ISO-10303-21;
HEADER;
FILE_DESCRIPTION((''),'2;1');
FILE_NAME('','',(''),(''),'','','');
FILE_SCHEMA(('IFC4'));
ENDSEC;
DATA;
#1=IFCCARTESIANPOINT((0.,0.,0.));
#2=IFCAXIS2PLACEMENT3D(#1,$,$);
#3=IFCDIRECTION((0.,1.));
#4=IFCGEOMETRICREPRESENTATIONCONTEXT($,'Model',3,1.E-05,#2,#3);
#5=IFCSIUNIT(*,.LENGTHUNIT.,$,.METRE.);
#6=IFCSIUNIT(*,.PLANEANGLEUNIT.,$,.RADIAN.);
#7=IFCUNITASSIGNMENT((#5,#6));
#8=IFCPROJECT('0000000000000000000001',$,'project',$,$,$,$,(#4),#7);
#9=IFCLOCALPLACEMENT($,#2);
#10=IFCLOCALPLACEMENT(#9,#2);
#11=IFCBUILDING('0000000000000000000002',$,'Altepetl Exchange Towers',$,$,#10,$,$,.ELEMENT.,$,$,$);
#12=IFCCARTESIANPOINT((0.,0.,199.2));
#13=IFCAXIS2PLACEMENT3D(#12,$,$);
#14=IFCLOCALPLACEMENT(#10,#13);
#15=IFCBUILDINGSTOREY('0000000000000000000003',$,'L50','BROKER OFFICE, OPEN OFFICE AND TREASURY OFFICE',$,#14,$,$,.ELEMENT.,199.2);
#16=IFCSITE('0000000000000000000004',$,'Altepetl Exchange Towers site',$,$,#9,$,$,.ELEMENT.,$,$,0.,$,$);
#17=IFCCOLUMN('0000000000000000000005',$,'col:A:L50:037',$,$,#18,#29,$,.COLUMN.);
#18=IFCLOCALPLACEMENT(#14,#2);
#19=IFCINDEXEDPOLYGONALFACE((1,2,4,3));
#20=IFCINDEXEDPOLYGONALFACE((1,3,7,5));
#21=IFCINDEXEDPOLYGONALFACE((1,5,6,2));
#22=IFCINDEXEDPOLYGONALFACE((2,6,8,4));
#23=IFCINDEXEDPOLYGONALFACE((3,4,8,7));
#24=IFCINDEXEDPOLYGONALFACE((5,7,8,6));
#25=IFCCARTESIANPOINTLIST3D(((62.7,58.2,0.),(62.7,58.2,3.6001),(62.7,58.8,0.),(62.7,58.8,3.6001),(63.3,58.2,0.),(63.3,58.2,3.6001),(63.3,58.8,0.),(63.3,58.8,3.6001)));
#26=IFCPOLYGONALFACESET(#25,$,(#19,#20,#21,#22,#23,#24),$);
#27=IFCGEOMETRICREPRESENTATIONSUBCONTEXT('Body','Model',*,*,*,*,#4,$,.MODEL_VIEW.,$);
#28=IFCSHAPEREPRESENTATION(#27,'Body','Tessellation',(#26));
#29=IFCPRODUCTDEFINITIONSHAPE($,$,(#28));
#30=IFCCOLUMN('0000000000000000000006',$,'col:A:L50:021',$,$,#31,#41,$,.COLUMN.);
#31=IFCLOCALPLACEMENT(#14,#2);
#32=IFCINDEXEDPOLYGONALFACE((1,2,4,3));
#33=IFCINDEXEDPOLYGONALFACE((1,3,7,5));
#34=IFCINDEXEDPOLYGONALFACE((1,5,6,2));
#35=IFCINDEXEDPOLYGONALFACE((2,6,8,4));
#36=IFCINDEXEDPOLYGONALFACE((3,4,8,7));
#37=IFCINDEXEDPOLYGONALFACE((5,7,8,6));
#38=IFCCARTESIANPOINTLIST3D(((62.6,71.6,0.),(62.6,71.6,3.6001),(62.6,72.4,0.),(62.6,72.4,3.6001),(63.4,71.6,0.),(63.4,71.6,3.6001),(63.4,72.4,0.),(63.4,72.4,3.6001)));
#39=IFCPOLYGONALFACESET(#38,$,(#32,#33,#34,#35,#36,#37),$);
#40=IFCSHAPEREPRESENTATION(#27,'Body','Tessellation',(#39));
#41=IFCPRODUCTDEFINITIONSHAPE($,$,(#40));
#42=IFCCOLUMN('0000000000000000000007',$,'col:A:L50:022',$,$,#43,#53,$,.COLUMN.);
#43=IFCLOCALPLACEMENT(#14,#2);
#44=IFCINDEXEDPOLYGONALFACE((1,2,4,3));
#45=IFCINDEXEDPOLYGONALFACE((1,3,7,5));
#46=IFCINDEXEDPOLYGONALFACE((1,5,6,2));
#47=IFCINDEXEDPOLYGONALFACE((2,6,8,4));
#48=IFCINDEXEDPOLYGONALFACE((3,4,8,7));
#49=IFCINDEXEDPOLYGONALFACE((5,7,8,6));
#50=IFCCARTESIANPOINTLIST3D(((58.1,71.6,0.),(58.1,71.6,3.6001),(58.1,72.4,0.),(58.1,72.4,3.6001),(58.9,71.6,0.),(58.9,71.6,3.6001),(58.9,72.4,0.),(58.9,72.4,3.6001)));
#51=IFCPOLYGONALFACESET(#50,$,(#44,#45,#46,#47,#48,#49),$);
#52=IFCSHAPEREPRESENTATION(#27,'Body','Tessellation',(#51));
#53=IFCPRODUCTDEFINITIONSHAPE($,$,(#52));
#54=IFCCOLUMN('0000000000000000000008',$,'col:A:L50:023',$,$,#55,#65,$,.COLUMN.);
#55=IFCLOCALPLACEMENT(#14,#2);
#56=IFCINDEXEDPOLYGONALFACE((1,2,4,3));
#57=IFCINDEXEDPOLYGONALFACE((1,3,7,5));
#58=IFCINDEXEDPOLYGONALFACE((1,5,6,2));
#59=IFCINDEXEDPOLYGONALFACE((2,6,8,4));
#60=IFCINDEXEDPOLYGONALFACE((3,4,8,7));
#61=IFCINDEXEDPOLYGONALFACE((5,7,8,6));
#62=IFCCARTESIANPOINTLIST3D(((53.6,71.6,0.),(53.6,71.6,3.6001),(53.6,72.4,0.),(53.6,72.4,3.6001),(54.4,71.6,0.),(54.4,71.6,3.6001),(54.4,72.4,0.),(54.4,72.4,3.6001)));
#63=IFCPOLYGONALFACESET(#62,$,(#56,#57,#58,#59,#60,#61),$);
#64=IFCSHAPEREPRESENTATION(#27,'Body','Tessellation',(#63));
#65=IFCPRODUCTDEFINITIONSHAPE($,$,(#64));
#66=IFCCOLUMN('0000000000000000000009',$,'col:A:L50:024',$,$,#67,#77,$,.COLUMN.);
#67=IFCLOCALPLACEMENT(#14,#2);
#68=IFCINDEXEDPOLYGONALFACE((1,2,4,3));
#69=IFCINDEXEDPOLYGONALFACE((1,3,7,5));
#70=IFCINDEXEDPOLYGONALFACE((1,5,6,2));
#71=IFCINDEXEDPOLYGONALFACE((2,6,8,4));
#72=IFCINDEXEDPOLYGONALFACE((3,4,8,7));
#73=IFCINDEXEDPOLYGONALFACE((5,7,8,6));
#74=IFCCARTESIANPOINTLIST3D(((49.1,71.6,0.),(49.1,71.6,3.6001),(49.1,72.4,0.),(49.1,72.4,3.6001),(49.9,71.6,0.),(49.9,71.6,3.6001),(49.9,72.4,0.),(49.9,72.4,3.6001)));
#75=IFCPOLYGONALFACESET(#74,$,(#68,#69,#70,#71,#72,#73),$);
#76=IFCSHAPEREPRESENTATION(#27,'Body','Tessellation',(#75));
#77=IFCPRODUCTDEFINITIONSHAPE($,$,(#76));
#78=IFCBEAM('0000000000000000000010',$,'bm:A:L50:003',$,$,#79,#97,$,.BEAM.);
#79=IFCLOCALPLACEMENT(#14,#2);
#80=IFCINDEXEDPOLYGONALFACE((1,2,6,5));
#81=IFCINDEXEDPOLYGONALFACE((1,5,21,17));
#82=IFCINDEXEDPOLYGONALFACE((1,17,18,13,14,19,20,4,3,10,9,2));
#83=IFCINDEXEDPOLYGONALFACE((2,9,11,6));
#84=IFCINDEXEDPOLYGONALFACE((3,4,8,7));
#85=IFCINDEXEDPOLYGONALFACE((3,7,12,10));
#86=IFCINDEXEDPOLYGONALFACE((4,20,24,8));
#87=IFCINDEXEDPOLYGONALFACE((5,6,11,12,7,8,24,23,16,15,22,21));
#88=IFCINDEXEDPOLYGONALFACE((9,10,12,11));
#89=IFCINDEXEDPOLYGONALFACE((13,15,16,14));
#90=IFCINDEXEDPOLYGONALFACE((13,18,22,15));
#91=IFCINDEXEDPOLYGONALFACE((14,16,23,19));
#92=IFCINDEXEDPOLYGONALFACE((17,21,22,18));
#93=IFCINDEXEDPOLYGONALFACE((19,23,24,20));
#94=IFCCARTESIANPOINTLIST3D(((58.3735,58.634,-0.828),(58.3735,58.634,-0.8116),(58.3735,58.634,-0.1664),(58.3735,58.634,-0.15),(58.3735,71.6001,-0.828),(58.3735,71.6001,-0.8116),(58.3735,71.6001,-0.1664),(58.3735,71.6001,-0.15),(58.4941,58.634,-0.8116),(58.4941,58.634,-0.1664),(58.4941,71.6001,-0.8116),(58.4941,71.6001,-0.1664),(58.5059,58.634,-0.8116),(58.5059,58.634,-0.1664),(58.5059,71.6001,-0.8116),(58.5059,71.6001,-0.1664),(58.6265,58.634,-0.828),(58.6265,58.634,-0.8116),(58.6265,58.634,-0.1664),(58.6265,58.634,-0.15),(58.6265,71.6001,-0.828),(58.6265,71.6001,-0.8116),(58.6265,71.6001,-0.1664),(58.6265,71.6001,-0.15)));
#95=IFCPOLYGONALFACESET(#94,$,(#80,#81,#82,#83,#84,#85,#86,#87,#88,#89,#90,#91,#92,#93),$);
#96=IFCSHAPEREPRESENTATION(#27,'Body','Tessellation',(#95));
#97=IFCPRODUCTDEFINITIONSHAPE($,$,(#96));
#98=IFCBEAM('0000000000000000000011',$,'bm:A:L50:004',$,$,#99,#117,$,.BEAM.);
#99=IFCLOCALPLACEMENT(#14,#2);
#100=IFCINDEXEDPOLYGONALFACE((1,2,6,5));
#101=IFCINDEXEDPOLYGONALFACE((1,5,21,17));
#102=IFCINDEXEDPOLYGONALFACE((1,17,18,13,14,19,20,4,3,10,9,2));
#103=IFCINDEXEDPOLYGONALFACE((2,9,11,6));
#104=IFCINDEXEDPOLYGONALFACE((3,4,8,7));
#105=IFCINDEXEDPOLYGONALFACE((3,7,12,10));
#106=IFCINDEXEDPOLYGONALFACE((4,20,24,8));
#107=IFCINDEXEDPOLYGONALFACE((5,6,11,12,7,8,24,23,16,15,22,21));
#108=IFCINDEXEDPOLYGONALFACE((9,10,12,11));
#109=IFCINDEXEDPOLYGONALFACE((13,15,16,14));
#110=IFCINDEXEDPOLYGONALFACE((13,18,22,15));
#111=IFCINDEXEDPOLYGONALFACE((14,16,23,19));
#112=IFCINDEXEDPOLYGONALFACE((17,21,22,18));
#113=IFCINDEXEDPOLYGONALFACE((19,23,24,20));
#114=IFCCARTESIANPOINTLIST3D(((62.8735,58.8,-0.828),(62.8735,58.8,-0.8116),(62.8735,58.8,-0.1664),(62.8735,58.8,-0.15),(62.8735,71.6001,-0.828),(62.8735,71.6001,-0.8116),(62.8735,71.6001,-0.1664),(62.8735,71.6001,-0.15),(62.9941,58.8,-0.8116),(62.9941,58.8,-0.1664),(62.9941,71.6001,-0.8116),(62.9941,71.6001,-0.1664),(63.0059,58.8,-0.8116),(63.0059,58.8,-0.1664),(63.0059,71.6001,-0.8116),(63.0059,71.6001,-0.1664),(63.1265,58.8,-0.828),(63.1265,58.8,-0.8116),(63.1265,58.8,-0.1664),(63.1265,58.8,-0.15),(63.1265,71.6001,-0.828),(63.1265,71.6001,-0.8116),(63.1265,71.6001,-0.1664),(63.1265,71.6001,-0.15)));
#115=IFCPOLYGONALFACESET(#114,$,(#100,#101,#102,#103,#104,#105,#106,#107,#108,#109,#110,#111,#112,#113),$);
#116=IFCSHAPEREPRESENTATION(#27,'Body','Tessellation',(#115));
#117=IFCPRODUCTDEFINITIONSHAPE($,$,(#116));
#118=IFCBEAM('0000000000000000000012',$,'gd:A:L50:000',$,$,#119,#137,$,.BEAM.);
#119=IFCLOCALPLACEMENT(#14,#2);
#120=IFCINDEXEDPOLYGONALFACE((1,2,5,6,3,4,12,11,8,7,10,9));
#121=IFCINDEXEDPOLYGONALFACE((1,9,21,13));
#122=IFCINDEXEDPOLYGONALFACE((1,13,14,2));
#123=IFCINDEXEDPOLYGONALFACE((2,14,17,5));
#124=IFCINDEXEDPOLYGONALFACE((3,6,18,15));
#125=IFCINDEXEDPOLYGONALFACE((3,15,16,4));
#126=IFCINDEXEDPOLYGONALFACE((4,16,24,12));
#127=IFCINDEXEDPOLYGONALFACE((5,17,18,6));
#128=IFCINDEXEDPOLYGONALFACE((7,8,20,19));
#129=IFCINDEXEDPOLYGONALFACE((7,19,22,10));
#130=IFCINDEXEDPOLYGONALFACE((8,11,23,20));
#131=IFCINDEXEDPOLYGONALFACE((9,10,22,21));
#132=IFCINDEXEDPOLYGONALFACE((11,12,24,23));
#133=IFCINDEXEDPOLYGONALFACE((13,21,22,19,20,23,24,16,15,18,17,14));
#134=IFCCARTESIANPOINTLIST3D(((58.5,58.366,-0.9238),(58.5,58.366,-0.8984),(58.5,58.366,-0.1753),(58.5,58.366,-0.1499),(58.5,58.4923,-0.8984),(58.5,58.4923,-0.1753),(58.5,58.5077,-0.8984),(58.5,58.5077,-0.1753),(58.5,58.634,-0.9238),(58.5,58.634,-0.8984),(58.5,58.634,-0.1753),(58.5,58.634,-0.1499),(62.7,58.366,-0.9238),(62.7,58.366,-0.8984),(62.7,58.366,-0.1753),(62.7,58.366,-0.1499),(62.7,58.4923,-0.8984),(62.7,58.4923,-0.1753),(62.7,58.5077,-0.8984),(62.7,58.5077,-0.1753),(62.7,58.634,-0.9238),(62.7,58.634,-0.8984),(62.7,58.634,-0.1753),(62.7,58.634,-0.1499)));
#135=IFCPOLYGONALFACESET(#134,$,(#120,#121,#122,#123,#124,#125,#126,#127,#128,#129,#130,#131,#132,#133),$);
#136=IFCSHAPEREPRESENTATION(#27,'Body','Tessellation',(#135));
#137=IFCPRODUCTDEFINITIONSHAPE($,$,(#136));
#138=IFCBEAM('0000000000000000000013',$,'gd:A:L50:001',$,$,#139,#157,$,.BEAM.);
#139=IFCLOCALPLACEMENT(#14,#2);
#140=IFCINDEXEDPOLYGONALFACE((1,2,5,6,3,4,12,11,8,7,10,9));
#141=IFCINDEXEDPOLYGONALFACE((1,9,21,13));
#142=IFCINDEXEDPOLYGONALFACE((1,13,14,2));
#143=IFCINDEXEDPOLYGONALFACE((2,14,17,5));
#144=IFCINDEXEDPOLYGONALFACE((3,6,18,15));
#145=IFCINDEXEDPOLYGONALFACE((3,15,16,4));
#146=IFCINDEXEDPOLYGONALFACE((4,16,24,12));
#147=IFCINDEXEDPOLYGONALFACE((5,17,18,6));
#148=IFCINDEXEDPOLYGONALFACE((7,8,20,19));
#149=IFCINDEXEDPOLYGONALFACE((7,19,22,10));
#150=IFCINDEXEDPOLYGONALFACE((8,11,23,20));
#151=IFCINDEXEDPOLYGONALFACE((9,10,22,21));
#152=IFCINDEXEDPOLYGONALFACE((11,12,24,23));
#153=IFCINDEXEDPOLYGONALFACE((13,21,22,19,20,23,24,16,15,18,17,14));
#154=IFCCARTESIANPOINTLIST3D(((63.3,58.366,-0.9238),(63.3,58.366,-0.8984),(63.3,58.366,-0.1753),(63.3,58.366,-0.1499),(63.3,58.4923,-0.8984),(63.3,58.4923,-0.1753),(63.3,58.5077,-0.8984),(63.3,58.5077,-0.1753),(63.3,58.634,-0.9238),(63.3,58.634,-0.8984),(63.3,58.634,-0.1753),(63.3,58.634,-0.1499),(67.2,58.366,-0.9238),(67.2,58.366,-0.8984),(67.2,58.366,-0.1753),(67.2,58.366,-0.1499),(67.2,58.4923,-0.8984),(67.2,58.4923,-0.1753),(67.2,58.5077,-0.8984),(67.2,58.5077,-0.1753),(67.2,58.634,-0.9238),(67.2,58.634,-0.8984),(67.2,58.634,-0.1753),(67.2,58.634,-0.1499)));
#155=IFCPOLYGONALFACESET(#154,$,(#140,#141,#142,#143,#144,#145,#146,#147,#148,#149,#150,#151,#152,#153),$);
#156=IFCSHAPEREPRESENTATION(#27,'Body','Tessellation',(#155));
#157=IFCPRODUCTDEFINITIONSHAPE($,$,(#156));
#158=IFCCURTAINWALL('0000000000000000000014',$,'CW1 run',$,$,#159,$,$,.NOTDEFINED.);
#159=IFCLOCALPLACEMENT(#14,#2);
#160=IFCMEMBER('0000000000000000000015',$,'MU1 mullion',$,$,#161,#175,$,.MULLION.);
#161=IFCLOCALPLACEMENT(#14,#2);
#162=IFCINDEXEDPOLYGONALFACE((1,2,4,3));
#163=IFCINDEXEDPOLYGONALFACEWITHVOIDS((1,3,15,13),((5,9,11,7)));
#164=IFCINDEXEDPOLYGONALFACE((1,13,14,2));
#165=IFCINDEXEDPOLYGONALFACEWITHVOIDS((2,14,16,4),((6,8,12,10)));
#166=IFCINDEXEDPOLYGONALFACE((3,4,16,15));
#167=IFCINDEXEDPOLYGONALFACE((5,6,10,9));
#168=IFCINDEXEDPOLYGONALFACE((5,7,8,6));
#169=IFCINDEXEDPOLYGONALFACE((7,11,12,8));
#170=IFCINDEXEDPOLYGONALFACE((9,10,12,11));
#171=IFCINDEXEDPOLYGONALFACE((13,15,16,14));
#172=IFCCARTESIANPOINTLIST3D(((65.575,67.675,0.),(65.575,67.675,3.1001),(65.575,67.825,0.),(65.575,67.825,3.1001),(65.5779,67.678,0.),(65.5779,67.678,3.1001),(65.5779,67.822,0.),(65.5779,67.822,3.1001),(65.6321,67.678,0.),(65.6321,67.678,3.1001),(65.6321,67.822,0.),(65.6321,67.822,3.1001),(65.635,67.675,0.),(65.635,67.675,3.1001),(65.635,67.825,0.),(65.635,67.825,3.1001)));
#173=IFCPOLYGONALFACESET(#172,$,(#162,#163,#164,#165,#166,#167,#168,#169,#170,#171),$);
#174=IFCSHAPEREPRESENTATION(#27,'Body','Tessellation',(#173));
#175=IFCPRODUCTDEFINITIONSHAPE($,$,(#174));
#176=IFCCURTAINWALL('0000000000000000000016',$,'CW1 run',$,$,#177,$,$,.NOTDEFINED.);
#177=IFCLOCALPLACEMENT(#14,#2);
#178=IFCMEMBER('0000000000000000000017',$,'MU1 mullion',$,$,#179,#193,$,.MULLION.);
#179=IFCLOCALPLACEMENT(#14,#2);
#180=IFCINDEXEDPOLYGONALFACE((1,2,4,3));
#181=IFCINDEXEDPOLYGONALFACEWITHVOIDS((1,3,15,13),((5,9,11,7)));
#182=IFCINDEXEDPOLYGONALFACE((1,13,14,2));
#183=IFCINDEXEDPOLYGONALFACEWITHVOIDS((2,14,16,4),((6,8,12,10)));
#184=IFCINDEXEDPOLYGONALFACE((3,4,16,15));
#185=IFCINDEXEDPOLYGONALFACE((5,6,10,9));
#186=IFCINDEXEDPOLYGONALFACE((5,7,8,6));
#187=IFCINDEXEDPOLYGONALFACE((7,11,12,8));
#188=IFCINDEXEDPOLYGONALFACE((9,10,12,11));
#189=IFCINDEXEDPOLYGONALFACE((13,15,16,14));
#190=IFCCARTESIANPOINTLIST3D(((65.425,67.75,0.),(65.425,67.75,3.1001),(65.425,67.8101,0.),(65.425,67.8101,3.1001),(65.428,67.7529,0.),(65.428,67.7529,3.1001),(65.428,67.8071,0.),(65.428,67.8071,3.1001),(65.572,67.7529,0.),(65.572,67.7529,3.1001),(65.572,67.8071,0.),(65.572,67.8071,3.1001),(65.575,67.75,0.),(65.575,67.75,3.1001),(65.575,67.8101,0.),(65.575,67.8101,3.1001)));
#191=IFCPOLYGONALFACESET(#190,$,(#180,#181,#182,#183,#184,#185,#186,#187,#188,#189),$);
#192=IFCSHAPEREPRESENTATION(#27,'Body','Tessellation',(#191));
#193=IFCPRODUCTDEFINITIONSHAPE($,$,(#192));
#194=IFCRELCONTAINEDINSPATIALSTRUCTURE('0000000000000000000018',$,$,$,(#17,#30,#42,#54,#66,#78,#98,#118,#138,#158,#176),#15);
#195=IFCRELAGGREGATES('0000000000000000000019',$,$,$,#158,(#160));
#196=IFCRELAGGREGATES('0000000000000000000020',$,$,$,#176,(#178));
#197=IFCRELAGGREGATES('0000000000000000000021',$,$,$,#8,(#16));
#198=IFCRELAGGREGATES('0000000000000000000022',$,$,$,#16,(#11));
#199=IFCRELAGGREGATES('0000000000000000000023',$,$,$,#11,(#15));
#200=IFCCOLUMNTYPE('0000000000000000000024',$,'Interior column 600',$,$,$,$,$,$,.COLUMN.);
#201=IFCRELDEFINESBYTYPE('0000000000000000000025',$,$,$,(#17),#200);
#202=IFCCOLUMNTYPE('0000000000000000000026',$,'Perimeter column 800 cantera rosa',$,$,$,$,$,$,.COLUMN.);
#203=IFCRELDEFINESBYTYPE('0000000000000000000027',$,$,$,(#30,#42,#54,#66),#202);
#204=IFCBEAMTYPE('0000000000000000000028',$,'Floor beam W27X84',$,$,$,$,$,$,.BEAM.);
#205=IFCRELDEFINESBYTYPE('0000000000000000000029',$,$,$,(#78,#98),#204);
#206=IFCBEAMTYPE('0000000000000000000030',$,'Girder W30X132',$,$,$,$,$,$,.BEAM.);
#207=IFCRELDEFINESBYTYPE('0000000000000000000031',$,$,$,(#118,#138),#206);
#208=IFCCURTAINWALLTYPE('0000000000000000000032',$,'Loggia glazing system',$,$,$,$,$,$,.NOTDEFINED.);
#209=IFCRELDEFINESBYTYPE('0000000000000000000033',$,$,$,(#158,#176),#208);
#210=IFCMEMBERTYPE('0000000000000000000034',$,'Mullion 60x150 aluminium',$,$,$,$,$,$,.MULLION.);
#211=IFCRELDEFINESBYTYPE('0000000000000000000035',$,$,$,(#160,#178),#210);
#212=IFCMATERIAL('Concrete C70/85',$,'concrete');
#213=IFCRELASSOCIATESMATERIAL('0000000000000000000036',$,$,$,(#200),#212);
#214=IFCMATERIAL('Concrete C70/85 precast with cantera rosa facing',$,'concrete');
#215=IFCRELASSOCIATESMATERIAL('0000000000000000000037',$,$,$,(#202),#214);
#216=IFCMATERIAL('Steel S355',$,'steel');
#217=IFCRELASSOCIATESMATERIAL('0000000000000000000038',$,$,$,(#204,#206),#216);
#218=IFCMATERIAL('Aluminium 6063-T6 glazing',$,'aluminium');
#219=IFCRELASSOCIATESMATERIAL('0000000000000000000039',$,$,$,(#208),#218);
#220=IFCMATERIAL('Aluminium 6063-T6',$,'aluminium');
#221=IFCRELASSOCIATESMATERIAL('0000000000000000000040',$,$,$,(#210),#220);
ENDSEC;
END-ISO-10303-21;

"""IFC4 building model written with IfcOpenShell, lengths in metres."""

from ifc_helpers import new_model, si_unit, direction, frame, origin, origin_2d, place, context, subcontext, project, spatial, rectangle, hollow_rectangle, i_section, extrude, material, material_profile, profile_set, type_object, element, aggregate, save


model = new_model("IFC4")

# Units and contexts
model_context = context("Model", 3, precision=1e-05, world=origin(), true_north=direction((0.0, 1.0)))
body_context = subcontext(model_context, "Body", "Model", "MODEL_VIEW")
ifc_project = project(units=[si_unit("LENGTHUNIT", "METRE"), si_unit("PLANEANGLEUNIT", "RADIAN")], contexts=[model_context])

# Site, building, storey
site_placement = place(None, origin())
site = spatial("IfcSite", under=ifc_project, at=site_placement, Name="Altepetl Exchange Towers site", CompositionType="ELEMENT", RefElevation=0.0)
building_placement = place(site_placement, origin())
building = spatial("IfcBuilding", under=site, at=building_placement, Name="Altepetl Exchange Towers", CompositionType="ELEMENT")
storey_placement = place(building_placement, frame((0.0, 0.0, 199.2)))
storey = spatial("IfcBuildingStorey", under=building, at=storey_placement, Name="L50", Description="BROKER OFFICE, OPEN OFFICE AND TREASURY OFFICE", CompositionType="ELEMENT", Elevation=199.2)

# Columns
ifc_material_1 = material(Name="Concrete C70/85", Category="concrete")
ifc_material_profile_1 = material_profile(ifc_material_1, rectangle(XDim=0.6001, YDim=0.6001, at=origin_2d()), Name="600 x 600")
ifc_profile_set_1 = profile_set([ifc_material_profile_1], Name="Concrete C70/85")
column_type_1 = type_object("IfcColumnType", Name="Interior column 600", PredefinedType="COLUMN", material=ifc_profile_set_1)
column_placement = place(storey_placement, frame((63.0, 58.5, 0.0)))
element("IfcColumn", 1, at=column_placement, inside=storey, type_object=column_type_1, Name="col:A:L50:037", PredefinedType="COLUMN", context=body_context, shape_type="SweptSolid", body=[
    extrude(rectangle(XDim=0.6001, YDim=0.6001, at=origin_2d()), origin(), (0.0, 0.0, 1.0), 3.6001),
])
ifc_material_2 = material(Name="Concrete C70/85 precast with cantera rosa facing", Category="concrete")
ifc_material_profile_2 = material_profile(ifc_material_2, rectangle(XDim=0.8, YDim=0.8, at=origin_2d()), Name="800 x 800")
ifc_profile_set_2 = profile_set([ifc_material_profile_2], Name="Concrete C70/85 precast with cantera rosa facing")
column_type_2 = type_object("IfcColumnType", Name="Perimeter column 800 cantera rosa", PredefinedType="COLUMN", material=ifc_profile_set_2)
for number, where, name in (
    (2, (63.0, 72.0, 0.0), "col:A:L50:021"),
    (3, (58.5, 72.0, 0.0), "col:A:L50:022"),
    (4, (54.0, 72.0, 0.0), "col:A:L50:023"),
    (5, (49.5, 72.0, 0.0), "col:A:L50:024"),
):
    element("IfcColumn", number, at=place(storey_placement, frame(where)), inside=storey, type_object=column_type_2, Name=name, PredefinedType="COLUMN", context=body_context, shape_type="SweptSolid", body=[
        extrude(rectangle(XDim=0.8, YDim=0.8, at=origin_2d()), origin(), (0.0, 0.0, 1.0), 3.6001),
    ])

# Beams
ifc_material_3 = material(Name="Steel S355", Category="steel")
ifc_material_profile_3 = material_profile(ifc_material_3, i_section(OverallWidth=0.2529, OverallDepth=0.678, WebThickness=0.0117, FlangeThickness=0.0164, at=origin_2d()), Name="W27X84")
ifc_profile_set_3 = profile_set([ifc_material_profile_3], Name="Steel S355")
beam_type_1 = type_object("IfcBeamType", Name="Floor beam W27X84", PredefinedType="BEAM", material=ifc_profile_set_3)
beam_1_placement = place(storey_placement, frame((58.5, 58.634, -0.489), z_axis=(0.0, 1.0, 0.0), x_axis=(-1.0, 0.0, 0.0)))
element("IfcBeam", 6, at=beam_1_placement, inside=storey, type_object=beam_type_1, Name="bm:A:L50:003", PredefinedType="BEAM", context=body_context, shape_type="SweptSolid", body=[
    extrude(i_section(OverallWidth=0.2529, OverallDepth=0.678, WebThickness=0.0117, FlangeThickness=0.0164, at=origin_2d()), origin(), (0.0, 0.0, 1.0), 12.9661),
])
beam_2_placement = place(storey_placement, frame((63.0, 58.8, -0.489), z_axis=(0.0, 1.0, 0.0), x_axis=(-1.0, 0.0, 0.0)))
element("IfcBeam", 7, at=beam_2_placement, inside=storey, type_object=beam_type_1, Name="bm:A:L50:004", PredefinedType="BEAM", context=body_context, shape_type="SweptSolid", body=[
    extrude(i_section(OverallWidth=0.2529, OverallDepth=0.678, WebThickness=0.0117, FlangeThickness=0.0164, at=origin_2d()), origin(), (0.0, 0.0, 1.0), 12.8),
])
ifc_material_profile_4 = material_profile(ifc_material_3, i_section(OverallWidth=0.2681, OverallDepth=0.7739, WebThickness=0.0154, FlangeThickness=0.0254, at=origin_2d()), Name="W30X132")
ifc_profile_set_4 = profile_set([ifc_material_profile_4], Name="Steel S355")
beam_type_2 = type_object("IfcBeamType", Name="Girder W30X132", PredefinedType="BEAM", material=ifc_profile_set_4)
beam_3_placement = place(storey_placement, frame((58.5, 58.5, -0.5369), z_axis=(1.0, 0.0, 0.0), x_axis=(0.0, 1.0, 0.0)))
element("IfcBeam", 8, at=beam_3_placement, inside=storey, type_object=beam_type_2, Name="gd:A:L50:000", PredefinedType="BEAM", context=body_context, shape_type="SweptSolid", body=[
    extrude(i_section(OverallWidth=0.2681, OverallDepth=0.7739, WebThickness=0.0154, FlangeThickness=0.0254, at=origin_2d()), origin(), (0.0, 0.0, 1.0), 4.2),
])
beam_4_placement = place(storey_placement, frame((63.3, 58.5, -0.5369), z_axis=(1.0, 0.0, 0.0), x_axis=(0.0, 1.0, 0.0)))
element("IfcBeam", 9, at=beam_4_placement, inside=storey, type_object=beam_type_2, Name="gd:A:L50:001", PredefinedType="BEAM", context=body_context, shape_type="SweptSolid", body=[
    extrude(i_section(OverallWidth=0.2681, OverallDepth=0.7739, WebThickness=0.0154, FlangeThickness=0.0254, at=origin_2d()), origin(), (0.0, 0.0, 1.0), 3.8999),
])

# Curtain wall, member
ifc_material_4 = material(Name="Aluminium 6063-T6 glazing", Category="aluminium")
curtain_wall_type = type_object("IfcCurtainWallType", Name="Loggia glazing system", PredefinedType="NOTDEFINED", material=ifc_material_4)
curtain_wall_1_placement = place(storey_placement, origin())
curtain_wall_1 = element("IfcCurtainWall", 10, at=curtain_wall_1_placement, inside=storey, type_object=curtain_wall_type, Name="CW1 run", PredefinedType="NOTDEFINED")
ifc_material_5 = material(Name="Aluminium 6063-T6", Category="aluminium")
ifc_material_profile_5 = material_profile(ifc_material_5, hollow_rectangle(XDim=0.0601, YDim=0.1499, WallThickness=0.0029, at=origin_2d()), Name="Mullion 60x150 aluminium")
ifc_profile_set_5 = profile_set([ifc_material_profile_5], Name="Aluminium 6063-T6")
member_type = type_object("IfcMemberType", Name="Mullion 60x150 aluminium", PredefinedType="MULLION", material=ifc_profile_set_5)
member_1_placement = place(storey_placement, frame((65.605, 67.75, 0.0), z_axis=(0.0, 0.0, 1.0), x_axis=(-1.0, 0.0, 0.0)))
member_1 = element("IfcMember", 11, at=member_1_placement, type_object=member_type, Name="MU1 mullion", PredefinedType="MULLION", context=body_context, shape_type="SweptSolid", body=[
    extrude(hollow_rectangle(XDim=0.0601, YDim=0.1499, WallThickness=0.0029, at=origin_2d()), origin(), (0.0, 0.0, 1.0), 3.1001),
])

# Curtain wall, member
curtain_wall_2_placement = place(storey_placement, origin())
curtain_wall_2 = element("IfcCurtainWall", 12, at=curtain_wall_2_placement, inside=storey, type_object=curtain_wall_type, Name="CW1 run", PredefinedType="NOTDEFINED")
member_2_placement = place(storey_placement, frame((65.5, 67.78, 0.0), z_axis=(0.0, 0.0, 1.0), x_axis=(0.0, 1.0, 0.0)))
member_2 = element("IfcMember", 13, at=member_2_placement, type_object=member_type, Name="MU1 mullion", PredefinedType="MULLION", context=body_context, shape_type="SweptSolid", body=[
    extrude(hollow_rectangle(XDim=0.0601, YDim=0.1499, WallThickness=0.0029, at=origin_2d()), origin(), (0.0, 0.0, 1.0), 3.1001),
])

aggregate(curtain_wall_1, [member_1])
aggregate(curtain_wall_2, [member_2])

save(model, "model.ifc")
